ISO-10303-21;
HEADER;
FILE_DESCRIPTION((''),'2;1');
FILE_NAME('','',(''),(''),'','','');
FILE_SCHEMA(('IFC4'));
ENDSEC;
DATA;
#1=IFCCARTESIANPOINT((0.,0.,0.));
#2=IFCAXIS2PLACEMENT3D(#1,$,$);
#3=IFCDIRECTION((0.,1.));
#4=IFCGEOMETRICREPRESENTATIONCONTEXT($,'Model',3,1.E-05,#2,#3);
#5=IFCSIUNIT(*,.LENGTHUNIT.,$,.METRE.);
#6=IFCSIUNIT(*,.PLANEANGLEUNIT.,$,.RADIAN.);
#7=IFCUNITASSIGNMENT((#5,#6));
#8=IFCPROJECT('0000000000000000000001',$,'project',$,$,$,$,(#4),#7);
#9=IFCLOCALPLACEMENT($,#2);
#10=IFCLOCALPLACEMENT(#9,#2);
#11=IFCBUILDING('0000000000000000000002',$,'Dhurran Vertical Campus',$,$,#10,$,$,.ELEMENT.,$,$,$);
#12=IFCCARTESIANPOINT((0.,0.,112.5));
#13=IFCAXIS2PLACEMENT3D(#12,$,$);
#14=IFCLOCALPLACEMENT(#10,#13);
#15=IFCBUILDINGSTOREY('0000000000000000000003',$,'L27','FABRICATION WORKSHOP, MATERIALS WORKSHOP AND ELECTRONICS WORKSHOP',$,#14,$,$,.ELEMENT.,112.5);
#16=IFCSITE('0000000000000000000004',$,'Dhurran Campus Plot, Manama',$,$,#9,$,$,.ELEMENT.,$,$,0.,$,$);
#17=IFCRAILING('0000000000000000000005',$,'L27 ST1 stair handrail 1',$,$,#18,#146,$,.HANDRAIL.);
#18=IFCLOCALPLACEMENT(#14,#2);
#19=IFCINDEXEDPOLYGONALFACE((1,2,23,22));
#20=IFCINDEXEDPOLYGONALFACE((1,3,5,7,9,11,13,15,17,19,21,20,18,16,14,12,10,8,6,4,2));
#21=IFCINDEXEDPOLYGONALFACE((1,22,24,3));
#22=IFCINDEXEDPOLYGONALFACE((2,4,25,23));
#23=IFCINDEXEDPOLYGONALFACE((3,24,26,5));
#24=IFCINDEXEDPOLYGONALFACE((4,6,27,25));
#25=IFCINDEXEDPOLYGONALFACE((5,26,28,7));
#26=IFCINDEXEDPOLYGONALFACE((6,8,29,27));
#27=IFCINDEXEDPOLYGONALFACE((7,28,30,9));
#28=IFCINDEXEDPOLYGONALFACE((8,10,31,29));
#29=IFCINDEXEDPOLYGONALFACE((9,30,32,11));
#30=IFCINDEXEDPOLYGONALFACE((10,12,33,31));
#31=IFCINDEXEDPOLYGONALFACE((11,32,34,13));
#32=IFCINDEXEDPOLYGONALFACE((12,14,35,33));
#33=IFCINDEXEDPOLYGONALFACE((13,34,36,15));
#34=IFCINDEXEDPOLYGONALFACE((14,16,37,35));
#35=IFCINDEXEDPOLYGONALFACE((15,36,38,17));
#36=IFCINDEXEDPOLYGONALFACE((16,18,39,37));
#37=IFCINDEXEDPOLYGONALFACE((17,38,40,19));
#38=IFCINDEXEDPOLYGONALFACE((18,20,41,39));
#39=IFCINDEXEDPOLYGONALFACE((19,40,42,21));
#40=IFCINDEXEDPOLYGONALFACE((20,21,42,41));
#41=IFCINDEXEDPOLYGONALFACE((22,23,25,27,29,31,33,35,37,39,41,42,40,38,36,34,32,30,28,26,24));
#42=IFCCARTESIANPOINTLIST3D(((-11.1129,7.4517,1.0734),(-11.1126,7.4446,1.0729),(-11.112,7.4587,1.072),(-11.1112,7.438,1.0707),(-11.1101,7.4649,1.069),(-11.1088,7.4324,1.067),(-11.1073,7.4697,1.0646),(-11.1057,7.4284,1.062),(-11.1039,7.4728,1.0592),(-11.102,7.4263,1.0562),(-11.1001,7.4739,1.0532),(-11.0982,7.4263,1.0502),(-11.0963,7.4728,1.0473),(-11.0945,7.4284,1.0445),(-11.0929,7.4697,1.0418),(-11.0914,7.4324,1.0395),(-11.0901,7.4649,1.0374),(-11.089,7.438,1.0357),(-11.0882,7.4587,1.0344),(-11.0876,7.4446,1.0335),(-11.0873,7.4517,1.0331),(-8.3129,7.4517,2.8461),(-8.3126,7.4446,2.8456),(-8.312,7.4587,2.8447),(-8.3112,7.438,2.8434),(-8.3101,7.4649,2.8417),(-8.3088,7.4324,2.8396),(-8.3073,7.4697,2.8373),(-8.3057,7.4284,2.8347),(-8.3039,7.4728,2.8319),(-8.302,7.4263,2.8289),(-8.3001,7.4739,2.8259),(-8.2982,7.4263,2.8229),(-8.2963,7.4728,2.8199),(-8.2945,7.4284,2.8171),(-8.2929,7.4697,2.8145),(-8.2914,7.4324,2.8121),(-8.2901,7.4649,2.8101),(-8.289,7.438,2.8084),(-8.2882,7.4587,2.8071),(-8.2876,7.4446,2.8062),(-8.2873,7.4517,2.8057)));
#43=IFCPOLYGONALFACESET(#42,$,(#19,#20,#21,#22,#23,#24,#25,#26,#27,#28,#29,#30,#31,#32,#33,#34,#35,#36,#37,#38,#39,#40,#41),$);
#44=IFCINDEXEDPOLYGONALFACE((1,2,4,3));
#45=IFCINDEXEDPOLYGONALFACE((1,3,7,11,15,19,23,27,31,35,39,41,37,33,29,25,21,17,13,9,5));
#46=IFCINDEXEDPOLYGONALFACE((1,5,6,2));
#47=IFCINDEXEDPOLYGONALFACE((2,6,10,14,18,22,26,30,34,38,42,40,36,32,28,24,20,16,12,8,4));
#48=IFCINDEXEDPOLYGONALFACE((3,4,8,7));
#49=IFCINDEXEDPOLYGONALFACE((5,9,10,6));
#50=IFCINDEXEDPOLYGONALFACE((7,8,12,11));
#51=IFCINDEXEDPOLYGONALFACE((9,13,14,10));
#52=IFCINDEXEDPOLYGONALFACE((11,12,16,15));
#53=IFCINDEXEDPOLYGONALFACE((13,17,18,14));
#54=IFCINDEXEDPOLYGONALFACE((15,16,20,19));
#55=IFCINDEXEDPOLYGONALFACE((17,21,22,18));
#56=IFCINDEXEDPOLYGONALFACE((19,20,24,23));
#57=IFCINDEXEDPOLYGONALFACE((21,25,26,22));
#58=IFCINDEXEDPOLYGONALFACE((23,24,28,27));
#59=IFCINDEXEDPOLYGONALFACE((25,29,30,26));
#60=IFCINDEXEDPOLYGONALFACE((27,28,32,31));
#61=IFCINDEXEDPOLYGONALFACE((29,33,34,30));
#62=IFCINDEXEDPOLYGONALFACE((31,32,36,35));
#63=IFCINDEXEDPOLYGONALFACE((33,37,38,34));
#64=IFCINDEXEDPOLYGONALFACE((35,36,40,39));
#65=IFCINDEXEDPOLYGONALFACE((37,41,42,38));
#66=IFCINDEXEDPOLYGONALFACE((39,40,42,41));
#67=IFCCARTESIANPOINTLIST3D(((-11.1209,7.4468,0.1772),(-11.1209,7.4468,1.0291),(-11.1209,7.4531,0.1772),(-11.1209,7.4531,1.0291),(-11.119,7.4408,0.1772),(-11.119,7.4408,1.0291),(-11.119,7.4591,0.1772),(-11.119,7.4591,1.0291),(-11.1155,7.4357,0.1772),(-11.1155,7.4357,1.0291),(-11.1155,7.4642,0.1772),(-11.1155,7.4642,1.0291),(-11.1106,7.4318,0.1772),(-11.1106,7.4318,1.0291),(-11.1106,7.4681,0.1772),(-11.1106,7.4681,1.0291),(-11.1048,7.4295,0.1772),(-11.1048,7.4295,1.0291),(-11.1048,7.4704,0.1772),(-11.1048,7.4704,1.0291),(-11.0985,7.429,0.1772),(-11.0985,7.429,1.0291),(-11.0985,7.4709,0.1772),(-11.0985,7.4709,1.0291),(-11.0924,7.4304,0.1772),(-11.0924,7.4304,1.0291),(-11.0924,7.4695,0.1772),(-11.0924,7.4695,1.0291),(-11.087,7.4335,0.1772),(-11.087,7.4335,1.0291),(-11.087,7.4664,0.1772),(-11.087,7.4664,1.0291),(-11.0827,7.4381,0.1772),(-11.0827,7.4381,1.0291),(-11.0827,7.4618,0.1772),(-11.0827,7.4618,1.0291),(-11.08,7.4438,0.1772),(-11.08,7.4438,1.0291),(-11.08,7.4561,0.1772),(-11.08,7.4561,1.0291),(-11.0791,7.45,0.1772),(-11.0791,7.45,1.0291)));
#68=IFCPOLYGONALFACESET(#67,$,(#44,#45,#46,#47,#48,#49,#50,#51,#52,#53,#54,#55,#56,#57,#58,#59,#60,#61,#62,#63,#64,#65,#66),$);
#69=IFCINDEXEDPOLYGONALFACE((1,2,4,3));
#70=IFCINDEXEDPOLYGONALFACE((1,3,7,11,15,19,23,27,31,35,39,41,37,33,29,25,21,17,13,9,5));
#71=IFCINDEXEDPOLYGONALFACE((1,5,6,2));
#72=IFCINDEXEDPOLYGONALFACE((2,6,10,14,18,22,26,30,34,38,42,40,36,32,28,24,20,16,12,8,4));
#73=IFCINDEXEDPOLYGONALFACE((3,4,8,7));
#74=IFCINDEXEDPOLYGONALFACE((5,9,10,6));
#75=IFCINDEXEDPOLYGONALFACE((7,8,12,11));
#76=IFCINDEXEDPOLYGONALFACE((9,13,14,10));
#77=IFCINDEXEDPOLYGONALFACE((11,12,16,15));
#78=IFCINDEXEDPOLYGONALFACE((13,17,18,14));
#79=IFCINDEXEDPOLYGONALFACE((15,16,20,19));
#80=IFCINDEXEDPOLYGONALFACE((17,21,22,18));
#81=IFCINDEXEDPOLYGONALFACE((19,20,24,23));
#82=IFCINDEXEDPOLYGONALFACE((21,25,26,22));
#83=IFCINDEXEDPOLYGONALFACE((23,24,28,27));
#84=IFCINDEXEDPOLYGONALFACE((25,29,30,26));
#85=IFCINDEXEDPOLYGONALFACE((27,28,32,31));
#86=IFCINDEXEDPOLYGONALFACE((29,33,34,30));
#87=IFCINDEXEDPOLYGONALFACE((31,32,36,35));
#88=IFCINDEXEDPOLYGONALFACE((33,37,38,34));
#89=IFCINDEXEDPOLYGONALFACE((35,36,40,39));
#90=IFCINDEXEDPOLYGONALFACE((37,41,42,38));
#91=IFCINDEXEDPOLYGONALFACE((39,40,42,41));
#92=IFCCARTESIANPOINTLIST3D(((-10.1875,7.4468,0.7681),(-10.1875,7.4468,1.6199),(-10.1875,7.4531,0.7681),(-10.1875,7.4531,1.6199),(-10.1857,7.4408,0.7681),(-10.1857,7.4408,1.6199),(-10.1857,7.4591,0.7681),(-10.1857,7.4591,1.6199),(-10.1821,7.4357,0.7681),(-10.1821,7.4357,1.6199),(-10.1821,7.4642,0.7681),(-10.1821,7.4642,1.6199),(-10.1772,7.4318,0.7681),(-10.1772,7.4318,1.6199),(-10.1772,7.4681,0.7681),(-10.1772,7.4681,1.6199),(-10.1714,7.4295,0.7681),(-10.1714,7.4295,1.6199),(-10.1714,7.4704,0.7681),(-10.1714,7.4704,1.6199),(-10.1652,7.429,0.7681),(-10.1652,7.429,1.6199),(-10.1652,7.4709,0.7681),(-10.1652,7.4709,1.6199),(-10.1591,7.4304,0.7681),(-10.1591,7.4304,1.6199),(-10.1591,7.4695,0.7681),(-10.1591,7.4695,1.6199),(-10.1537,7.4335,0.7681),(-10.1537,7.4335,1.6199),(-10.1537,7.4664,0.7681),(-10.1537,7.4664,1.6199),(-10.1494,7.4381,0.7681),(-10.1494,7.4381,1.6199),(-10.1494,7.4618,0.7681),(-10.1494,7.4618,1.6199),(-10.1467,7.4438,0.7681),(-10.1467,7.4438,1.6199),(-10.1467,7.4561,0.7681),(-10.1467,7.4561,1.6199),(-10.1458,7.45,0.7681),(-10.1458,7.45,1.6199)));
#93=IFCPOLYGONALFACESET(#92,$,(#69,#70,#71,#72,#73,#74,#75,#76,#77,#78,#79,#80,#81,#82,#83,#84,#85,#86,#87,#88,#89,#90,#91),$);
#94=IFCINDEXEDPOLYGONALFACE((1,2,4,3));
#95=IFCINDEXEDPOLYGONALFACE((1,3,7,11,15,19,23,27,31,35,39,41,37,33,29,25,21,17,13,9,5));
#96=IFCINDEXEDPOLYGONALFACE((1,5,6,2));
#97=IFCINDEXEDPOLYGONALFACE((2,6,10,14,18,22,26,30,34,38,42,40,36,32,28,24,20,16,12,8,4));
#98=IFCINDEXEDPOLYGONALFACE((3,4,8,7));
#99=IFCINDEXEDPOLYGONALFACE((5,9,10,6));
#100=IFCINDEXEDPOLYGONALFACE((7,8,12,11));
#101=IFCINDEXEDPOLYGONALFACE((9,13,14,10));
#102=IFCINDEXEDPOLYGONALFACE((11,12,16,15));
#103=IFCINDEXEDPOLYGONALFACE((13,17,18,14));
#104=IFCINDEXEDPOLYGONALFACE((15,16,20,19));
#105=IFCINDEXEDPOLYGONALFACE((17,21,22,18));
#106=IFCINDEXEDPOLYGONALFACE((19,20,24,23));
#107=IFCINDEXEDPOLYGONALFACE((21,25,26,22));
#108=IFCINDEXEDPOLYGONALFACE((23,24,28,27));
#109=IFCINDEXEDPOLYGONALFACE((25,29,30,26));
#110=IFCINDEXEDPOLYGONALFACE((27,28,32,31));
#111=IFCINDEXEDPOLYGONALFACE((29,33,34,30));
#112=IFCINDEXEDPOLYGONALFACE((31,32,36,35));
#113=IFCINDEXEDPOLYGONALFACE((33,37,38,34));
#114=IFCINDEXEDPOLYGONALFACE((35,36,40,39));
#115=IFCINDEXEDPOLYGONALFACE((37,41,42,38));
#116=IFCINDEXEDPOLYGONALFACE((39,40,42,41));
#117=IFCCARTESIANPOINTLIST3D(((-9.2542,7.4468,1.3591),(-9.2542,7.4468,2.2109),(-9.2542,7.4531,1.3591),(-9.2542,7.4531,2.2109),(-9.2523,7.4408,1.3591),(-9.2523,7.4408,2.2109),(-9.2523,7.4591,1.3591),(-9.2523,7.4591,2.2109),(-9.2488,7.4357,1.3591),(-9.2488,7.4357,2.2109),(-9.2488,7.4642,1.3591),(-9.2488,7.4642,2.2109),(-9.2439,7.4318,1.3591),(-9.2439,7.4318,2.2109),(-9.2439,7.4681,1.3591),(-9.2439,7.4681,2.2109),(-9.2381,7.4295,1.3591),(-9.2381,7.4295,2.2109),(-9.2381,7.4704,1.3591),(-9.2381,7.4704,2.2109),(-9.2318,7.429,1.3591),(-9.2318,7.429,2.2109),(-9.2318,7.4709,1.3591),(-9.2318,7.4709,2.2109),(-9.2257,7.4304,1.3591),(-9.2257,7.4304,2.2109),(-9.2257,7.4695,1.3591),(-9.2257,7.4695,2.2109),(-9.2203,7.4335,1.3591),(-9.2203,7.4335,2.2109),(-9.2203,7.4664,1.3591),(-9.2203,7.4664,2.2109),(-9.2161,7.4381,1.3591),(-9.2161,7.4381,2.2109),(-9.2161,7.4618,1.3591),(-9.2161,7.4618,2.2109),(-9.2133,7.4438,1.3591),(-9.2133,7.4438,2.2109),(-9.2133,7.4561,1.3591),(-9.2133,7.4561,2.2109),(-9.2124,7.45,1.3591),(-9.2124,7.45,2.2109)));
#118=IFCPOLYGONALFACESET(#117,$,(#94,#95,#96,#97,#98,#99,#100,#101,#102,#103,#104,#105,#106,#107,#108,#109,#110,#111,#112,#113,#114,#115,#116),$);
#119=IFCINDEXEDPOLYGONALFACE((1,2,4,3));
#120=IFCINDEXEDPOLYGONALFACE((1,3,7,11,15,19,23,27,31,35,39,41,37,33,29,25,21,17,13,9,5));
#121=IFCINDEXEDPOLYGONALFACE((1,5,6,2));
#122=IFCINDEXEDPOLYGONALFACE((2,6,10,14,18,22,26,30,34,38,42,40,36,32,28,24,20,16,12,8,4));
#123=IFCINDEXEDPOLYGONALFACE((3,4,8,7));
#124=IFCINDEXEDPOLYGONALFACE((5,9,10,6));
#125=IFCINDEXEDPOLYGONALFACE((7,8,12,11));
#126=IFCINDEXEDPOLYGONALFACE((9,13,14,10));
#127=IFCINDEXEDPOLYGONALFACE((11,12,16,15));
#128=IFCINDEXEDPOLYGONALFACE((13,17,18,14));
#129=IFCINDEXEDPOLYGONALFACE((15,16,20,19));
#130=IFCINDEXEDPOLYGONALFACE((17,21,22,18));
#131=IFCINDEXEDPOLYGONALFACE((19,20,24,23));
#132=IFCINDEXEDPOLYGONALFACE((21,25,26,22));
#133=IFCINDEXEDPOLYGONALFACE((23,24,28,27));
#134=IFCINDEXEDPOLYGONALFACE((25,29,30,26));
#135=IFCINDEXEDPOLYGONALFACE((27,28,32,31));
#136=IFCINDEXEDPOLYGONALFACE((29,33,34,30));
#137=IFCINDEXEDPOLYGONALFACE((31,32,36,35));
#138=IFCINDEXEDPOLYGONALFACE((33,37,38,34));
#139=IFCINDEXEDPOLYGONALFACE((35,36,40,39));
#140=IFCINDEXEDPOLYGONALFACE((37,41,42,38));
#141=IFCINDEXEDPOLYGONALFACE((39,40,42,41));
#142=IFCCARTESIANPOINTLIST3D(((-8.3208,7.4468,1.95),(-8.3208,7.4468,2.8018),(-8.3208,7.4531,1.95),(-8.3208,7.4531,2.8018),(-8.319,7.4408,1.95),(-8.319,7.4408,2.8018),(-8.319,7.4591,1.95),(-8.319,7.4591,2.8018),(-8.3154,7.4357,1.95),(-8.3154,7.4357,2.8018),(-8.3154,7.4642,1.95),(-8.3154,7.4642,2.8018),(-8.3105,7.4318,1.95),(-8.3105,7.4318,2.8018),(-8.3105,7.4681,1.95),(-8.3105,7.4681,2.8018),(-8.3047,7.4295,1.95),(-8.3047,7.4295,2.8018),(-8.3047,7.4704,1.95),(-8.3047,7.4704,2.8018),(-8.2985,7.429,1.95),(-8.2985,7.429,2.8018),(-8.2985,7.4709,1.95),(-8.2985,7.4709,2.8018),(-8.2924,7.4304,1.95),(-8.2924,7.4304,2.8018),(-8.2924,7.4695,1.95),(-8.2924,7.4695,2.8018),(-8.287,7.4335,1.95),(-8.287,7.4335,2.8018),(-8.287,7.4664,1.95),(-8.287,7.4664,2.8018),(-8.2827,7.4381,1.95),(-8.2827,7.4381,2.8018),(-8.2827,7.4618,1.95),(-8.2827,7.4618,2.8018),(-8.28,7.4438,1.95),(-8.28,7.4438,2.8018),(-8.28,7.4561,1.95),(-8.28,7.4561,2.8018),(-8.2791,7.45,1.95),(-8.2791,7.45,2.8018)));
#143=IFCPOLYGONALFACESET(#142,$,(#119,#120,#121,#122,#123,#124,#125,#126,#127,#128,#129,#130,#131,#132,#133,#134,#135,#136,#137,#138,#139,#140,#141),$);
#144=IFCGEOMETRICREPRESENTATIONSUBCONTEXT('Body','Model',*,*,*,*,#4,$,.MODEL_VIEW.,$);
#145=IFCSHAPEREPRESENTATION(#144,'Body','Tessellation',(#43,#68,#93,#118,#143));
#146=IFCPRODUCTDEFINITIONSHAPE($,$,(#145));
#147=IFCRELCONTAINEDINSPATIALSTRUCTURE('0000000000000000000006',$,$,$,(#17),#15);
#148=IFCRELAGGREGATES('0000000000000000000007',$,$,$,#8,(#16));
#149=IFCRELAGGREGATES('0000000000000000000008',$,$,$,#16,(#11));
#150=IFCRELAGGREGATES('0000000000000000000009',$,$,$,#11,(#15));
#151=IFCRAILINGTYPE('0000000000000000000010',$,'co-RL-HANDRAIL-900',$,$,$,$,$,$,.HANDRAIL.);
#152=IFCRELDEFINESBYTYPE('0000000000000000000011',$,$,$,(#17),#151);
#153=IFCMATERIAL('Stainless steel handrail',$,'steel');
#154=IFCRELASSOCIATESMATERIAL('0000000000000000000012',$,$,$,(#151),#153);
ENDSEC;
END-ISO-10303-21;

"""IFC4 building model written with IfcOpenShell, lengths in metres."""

from ifc_helpers import new_model, si_unit, direction, frame, origin, origin_2d, place, context, subcontext, project, spatial, circle, extrude, material, type_object, element, save


model = new_model("IFC4")

# Units and contexts
model_context = context("Model", 3, precision=1e-05, world=origin(), true_north=direction((0.0, 1.0)))
body_context = subcontext(model_context, "Body", "Model", "MODEL_VIEW")
ifc_project = project(units=[si_unit("LENGTHUNIT", "METRE"), si_unit("PLANEANGLEUNIT", "RADIAN")], contexts=[model_context])

# Site, building, storey
site_placement = place(None, origin())
site = spatial("IfcSite", under=ifc_project, at=site_placement, Name="Dhurran Campus Plot, Manama", CompositionType="ELEMENT", RefElevation=0.0)
building_placement = place(site_placement, origin())
building = spatial("IfcBuilding", under=site, at=building_placement, Name="Dhurran Vertical Campus", CompositionType="ELEMENT")
storey_placement = place(building_placement, frame((0.0, 0.0, 112.5)))
storey = spatial("IfcBuildingStorey", under=building, at=storey_placement, Name="L27", Description="FABRICATION WORKSHOP, MATERIALS WORKSHOP AND ELECTRONICS WORKSHOP", CompositionType="ELEMENT", Elevation=112.5)

# Railing
ifc_material_1 = material(Name="Stainless steel handrail", Category="steel")
railing_type_1 = type_object("IfcRailingType", Name="co-RL-HANDRAIL-900", PredefinedType="HANDRAIL", material=ifc_material_1)
railing_1_placement = place(storey_placement, frame((-11.1001, 7.45, 0.1772)))
element("IfcRailing", 1, at=railing_1_placement, inside=storey, type_object=railing_type_1, Name="L27 ST1 stair handrail 1", PredefinedType="HANDRAIL", context=body_context, shape_type="SweptSolid", body=[
    extrude(circle(Radius=0.0239, at=origin_2d()), frame((0.0, 0.0, 0.876), z_axis=(0.844909, 0.0, 0.53491), x_axis=(0.0, 1.0, 0.0)), (0.0, 0.0, 1.0), 3.314),
    extrude(circle(Radius=0.021, at=origin_2d()), origin(), (0.0, 0.0, 1.0), 0.8518),
    extrude(circle(Radius=0.021, at=origin_2d()), frame((0.9333, 0.0, 0.5908)), (0.0, 0.0, 1.0), 0.8518),
    extrude(circle(Radius=0.021, at=origin_2d()), frame((1.8667, 0.0, 1.1819)), (0.0, 0.0, 1.0), 0.8518),
    extrude(circle(Radius=0.021, at=origin_2d()), frame((2.8, 0.0, 1.7727)), (0.0, 0.0, 1.0), 0.8518),
])

save(model, "model.ifc")
